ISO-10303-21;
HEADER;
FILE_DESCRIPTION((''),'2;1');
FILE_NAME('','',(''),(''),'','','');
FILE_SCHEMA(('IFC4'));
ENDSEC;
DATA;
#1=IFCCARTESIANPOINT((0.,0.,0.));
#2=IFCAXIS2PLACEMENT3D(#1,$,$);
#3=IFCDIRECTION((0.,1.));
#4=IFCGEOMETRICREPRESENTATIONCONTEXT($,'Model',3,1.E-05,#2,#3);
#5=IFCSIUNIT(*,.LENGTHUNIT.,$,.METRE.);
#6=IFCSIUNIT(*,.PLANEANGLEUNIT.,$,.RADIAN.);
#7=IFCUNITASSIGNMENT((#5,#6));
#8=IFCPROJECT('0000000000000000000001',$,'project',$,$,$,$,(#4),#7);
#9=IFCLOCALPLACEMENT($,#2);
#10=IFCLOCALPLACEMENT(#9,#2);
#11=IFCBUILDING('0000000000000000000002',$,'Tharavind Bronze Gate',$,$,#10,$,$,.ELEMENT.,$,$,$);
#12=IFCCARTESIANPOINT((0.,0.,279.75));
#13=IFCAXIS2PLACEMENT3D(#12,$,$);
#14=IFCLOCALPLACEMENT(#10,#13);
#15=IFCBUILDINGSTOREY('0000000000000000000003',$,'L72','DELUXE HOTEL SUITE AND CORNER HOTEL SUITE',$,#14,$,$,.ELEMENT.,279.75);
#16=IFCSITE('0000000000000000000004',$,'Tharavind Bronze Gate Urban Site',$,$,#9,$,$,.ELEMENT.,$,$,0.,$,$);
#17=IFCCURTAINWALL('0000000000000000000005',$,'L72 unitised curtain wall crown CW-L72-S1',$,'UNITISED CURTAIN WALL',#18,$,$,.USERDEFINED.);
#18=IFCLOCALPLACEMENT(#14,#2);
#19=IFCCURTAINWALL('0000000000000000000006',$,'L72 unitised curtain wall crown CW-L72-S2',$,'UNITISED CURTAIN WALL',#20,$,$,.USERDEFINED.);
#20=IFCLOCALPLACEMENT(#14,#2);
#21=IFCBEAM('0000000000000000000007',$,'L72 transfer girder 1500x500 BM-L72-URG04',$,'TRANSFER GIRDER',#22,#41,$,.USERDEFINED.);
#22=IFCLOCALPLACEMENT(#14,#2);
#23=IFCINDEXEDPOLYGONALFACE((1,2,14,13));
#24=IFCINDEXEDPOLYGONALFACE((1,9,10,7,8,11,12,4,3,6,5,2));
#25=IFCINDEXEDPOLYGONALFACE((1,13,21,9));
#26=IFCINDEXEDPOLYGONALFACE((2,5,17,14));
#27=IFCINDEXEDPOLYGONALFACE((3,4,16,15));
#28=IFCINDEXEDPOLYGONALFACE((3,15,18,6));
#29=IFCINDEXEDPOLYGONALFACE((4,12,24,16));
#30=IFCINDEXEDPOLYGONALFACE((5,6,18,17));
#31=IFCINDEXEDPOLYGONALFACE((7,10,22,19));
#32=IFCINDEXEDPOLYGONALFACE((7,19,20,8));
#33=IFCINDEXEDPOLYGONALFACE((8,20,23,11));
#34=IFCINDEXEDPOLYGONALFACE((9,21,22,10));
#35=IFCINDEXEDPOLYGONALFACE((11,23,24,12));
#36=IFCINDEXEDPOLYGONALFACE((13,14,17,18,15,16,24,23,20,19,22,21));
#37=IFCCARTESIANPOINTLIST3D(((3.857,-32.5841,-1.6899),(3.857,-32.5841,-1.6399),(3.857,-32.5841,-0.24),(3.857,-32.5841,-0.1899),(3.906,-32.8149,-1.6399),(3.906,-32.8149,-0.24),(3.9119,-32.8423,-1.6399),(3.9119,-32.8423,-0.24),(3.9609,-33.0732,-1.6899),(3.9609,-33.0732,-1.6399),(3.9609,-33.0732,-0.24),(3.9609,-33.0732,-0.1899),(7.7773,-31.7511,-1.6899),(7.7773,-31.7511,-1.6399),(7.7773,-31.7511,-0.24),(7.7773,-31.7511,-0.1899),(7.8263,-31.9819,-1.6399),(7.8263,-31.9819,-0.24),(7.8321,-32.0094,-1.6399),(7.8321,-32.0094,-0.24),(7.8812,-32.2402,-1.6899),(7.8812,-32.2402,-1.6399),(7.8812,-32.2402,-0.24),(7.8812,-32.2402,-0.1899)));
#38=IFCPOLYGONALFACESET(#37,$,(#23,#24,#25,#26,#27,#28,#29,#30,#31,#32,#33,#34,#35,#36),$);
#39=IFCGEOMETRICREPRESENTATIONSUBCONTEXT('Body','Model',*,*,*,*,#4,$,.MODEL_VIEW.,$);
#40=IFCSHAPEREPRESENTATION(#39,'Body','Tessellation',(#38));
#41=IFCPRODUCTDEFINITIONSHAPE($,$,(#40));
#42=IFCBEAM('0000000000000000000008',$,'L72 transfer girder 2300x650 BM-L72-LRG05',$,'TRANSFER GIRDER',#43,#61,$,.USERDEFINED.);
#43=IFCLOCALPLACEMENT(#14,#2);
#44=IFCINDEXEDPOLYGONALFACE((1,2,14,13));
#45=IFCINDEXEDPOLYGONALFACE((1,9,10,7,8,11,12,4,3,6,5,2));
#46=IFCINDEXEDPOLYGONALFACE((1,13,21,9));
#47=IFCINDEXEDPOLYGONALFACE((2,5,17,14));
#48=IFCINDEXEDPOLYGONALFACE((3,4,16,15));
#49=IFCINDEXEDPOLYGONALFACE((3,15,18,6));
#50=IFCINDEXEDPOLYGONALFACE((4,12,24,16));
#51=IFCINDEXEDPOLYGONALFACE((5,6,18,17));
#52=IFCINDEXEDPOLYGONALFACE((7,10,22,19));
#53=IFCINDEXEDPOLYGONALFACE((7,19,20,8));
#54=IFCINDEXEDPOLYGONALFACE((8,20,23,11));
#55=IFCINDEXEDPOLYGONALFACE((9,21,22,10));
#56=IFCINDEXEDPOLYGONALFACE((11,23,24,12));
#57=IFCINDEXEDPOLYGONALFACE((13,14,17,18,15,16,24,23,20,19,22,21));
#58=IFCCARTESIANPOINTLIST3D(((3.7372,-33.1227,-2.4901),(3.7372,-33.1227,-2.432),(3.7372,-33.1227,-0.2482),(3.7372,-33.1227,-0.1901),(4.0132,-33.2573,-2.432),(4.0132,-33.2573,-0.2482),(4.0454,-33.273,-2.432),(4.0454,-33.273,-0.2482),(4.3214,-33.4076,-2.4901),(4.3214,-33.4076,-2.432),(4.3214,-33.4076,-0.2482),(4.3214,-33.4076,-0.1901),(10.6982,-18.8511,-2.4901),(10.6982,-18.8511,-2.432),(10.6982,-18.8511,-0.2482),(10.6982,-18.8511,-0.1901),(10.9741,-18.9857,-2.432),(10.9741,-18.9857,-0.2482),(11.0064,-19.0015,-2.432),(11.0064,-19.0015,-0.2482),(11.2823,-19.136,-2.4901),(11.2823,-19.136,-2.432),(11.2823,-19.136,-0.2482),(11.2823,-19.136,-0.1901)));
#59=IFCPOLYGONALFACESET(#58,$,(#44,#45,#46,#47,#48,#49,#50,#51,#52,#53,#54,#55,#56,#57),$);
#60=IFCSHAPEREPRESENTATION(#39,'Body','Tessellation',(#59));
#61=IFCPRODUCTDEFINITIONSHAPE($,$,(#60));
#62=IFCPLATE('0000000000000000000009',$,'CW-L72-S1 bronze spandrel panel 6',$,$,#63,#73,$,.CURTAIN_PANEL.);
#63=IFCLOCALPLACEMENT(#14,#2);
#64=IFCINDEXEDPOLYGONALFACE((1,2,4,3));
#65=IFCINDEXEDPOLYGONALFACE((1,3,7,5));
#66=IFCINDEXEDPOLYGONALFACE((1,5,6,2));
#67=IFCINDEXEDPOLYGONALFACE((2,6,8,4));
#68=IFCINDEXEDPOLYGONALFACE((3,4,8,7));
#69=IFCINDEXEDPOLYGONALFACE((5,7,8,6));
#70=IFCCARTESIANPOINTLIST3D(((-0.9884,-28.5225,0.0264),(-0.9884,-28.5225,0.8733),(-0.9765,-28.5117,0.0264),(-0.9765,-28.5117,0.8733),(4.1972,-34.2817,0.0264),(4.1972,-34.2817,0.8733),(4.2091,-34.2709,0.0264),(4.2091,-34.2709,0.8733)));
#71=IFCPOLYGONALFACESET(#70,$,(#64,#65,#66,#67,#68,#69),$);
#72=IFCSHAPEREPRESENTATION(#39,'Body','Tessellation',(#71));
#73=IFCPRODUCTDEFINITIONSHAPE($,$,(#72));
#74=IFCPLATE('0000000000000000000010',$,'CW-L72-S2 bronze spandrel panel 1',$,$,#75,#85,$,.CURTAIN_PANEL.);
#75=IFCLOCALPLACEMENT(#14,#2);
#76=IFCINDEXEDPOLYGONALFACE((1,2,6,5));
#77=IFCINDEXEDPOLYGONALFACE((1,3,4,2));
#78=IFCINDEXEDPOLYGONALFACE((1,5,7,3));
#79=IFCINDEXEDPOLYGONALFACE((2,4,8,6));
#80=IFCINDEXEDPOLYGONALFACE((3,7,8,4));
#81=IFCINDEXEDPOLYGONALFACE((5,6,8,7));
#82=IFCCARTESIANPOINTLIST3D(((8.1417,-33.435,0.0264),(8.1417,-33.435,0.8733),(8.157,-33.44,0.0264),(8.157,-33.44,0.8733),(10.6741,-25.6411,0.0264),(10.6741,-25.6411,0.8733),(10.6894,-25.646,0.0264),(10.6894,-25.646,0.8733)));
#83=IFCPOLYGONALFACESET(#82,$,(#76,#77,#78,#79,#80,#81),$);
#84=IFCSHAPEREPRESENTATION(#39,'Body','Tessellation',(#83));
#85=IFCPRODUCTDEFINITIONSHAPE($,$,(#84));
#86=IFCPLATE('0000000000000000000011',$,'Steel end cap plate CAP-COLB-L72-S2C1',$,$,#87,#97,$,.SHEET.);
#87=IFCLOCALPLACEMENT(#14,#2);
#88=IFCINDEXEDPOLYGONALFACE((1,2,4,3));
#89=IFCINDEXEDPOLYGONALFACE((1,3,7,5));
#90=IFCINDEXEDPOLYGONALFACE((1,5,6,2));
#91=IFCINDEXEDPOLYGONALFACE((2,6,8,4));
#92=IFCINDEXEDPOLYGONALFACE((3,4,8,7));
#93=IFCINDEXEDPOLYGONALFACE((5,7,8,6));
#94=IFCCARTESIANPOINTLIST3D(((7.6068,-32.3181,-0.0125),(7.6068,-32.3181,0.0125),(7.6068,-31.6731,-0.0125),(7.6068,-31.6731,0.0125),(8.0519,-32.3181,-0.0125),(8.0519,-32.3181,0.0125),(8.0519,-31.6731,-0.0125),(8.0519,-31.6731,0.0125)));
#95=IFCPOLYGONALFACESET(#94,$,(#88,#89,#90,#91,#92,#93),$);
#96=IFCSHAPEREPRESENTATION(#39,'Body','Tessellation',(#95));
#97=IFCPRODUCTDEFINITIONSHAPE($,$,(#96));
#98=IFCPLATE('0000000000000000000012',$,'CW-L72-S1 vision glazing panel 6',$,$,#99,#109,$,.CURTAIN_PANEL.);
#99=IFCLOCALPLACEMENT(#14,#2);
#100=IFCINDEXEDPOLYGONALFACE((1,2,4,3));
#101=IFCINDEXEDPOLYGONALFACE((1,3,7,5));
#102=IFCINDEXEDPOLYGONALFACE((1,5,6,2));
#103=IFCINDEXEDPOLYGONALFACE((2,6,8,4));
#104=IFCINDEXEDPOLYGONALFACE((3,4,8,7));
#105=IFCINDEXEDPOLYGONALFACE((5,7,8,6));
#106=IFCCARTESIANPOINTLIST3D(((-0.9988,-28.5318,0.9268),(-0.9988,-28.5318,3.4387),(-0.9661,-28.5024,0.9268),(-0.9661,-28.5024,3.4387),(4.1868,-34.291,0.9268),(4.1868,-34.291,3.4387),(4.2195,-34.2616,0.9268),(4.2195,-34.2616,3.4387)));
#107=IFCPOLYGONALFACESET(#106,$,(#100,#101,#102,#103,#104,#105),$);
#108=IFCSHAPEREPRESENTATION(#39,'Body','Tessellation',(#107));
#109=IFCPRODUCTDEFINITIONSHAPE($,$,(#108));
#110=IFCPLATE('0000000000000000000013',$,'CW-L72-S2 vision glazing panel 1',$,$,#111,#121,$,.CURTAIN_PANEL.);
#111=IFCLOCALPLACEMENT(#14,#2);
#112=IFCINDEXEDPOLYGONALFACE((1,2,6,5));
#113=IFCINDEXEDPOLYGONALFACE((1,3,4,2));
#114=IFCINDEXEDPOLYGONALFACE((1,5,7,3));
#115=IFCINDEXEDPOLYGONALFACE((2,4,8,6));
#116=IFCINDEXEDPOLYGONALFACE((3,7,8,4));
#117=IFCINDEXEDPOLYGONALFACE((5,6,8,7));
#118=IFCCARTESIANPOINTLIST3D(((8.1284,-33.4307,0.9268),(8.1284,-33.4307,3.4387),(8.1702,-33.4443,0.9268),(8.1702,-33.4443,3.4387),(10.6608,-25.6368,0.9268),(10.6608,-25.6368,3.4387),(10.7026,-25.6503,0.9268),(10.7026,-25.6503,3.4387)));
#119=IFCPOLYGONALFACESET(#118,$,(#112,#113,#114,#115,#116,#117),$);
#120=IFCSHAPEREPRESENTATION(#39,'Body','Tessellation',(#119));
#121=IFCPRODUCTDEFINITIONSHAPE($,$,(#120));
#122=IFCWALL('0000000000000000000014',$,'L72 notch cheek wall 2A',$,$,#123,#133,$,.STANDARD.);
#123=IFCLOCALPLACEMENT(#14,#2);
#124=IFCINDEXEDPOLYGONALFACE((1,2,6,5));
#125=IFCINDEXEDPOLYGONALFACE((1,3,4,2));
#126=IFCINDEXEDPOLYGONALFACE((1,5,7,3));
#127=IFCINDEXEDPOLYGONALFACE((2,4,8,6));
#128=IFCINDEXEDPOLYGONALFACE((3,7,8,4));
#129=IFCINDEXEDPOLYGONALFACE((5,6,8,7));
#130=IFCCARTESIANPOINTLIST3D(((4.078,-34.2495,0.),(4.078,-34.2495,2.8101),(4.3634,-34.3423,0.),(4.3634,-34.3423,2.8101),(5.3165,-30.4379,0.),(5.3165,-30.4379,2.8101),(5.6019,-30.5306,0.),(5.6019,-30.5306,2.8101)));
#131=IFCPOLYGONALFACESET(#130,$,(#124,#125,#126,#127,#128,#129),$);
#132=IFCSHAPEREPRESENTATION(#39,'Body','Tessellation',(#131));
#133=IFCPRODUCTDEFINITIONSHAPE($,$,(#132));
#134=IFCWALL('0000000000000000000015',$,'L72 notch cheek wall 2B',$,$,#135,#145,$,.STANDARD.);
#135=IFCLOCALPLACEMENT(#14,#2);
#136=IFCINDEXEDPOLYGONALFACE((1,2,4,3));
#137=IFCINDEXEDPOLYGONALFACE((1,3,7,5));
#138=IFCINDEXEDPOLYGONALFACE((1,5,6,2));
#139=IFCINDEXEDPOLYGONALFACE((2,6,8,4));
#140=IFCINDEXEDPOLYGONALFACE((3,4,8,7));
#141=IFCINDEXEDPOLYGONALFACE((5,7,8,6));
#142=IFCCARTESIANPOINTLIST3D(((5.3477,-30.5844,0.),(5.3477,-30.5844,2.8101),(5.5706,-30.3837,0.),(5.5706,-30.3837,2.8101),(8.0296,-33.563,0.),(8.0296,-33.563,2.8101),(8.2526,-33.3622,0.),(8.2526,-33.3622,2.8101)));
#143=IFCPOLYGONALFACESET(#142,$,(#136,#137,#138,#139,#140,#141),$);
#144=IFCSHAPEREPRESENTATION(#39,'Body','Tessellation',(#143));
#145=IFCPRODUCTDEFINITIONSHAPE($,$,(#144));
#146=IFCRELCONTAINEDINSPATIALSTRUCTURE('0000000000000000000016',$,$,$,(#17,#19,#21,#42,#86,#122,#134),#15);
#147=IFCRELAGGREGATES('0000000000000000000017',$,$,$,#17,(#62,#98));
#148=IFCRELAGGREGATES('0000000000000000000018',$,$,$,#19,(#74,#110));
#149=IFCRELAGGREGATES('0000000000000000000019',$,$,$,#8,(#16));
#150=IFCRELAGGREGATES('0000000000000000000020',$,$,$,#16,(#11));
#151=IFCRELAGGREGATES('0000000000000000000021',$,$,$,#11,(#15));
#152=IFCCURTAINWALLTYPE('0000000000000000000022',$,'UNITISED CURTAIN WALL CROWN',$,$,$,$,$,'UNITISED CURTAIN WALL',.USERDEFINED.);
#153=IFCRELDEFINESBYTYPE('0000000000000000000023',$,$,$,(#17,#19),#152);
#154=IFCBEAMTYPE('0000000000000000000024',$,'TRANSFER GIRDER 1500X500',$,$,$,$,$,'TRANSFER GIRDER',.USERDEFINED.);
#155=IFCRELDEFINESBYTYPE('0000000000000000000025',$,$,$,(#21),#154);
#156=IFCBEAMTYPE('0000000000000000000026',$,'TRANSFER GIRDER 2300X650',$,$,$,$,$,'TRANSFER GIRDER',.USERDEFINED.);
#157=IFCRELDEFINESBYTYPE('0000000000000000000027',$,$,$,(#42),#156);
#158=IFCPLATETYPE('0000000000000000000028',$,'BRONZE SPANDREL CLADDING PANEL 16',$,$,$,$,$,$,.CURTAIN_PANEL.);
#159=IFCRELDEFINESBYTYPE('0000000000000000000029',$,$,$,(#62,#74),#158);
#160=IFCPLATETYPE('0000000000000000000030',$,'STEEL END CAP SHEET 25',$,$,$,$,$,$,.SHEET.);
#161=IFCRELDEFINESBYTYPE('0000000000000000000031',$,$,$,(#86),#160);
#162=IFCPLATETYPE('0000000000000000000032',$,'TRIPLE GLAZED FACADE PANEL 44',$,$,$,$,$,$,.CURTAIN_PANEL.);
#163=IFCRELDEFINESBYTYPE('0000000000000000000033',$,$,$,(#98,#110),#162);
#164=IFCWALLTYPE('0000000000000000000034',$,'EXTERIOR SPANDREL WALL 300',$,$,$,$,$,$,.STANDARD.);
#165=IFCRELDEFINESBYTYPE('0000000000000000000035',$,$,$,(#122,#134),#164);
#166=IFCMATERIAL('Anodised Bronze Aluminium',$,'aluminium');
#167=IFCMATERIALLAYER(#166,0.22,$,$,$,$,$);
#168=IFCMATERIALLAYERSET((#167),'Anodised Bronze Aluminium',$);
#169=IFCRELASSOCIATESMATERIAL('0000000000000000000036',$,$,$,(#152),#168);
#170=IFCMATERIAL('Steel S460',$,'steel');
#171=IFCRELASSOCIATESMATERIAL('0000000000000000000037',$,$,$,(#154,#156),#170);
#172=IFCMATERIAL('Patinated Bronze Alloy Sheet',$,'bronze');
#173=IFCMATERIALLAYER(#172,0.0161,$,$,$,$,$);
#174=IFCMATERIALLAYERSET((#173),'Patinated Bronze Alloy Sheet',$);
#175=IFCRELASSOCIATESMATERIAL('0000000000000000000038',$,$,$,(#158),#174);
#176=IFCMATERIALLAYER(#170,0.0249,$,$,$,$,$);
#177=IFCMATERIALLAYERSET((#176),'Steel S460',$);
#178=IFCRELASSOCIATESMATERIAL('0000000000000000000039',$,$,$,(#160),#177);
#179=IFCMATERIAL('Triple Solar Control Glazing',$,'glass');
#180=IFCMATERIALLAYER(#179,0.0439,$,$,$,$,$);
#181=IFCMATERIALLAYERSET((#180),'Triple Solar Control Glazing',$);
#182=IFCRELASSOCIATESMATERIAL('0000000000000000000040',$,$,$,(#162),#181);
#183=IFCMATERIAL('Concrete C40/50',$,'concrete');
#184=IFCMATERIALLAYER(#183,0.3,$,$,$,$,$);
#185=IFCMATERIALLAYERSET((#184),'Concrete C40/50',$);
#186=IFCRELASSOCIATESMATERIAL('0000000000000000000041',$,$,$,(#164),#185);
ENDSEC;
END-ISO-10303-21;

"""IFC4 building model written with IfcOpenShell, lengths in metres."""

from ifc_helpers import new_model, si_unit, direction, frame, frame_2d, origin, origin_2d, place, context, subcontext, project, spatial, rectangle, i_section, extrude, material, layer, layer_set, material_profile, profile_set, type_object, element, aggregate, save


model = new_model("IFC4")

# Units and contexts
model_context = context("Model", 3, precision=1e-05, world=origin(), true_north=direction((0.0, 1.0)))
body_context = subcontext(model_context, "Body", "Model", "MODEL_VIEW")
ifc_project = project(units=[si_unit("LENGTHUNIT", "METRE"), si_unit("PLANEANGLEUNIT", "RADIAN")], contexts=[model_context])

# Site, building, storey
site_placement = place(None, origin())
site = spatial("IfcSite", under=ifc_project, at=site_placement, Name="Tharavind Bronze Gate Urban Site", CompositionType="ELEMENT", RefElevation=0.0)
building_placement = place(site_placement, origin())
building = spatial("IfcBuilding", under=site, at=building_placement, Name="Tharavind Bronze Gate", CompositionType="ELEMENT")
storey_placement = place(building_placement, frame((0.0, 0.0, 279.75)))
storey = spatial("IfcBuildingStorey", under=building, at=storey_placement, Name="L72", Description="DELUXE HOTEL SUITE AND CORNER HOTEL SUITE", CompositionType="ELEMENT", Elevation=279.75)

# Shared definitions
ifc_material_1 = material(Name="Steel S460", Category="steel")

# Curtain wall
ifc_material_2 = material(Name="Anodised Bronze Aluminium", Category="aluminium")
ifc_layer_1 = layer(ifc_material_2, 0.22)
ifc_layer_set_1 = layer_set([ifc_layer_1], Name="Anodised Bronze Aluminium")
curtain_wall_type = type_object("IfcCurtainWallType", Name="UNITISED CURTAIN WALL CROWN", ElementType="UNITISED CURTAIN WALL", PredefinedType="USERDEFINED", material=ifc_layer_set_1)
curtain_wall_1_placement = place(storey_placement, origin())
curtain_wall_1 = element("IfcCurtainWall", 1, at=curtain_wall_1_placement, inside=storey, type_object=curtain_wall_type, Name="L72 unitised curtain wall crown CW-L72-S1", ObjectType="UNITISED CURTAIN WALL", PredefinedType="USERDEFINED")

# Curtain wall
curtain_wall_2_placement = place(storey_placement, origin())
curtain_wall_2 = element("IfcCurtainWall", 2, at=curtain_wall_2_placement, inside=storey, type_object=curtain_wall_type, Name="L72 unitised curtain wall crown CW-L72-S2", ObjectType="UNITISED CURTAIN WALL", PredefinedType="USERDEFINED")

# Beams
ifc_material_profile_1 = material_profile(ifc_material_1, i_section(OverallWidth=0.5, OverallDepth=1.5, WebThickness=0.0281, FlangeThickness=0.05, at=origin_2d()), Name="PG1500X500")
ifc_profile_set_1 = profile_set([ifc_material_profile_1], Name="Steel S460")
beam_type_1 = type_object("IfcBeamType", Name="TRANSFER GIRDER 1500X500", ElementType="TRANSFER GIRDER", PredefinedType="USERDEFINED", material=ifc_profile_set_1)
beam_1_placement = place(storey_placement, frame((3.9089, -32.8286, -0.9399), z_axis=(0.978163, 0.20784, 0.0), x_axis=(-0.20784, 0.978163, 0.0)))
element("IfcBeam", 3, at=beam_1_placement, inside=storey, type_object=beam_type_1, Name="L72 transfer girder 1500x500 BM-L72-URG04", ObjectType="TRANSFER GIRDER", PredefinedType="USERDEFINED", context=body_context, shape_type="SweptSolid", body=[
    extrude(i_section(OverallWidth=0.5, OverallDepth=1.5, WebThickness=0.0281, FlangeThickness=0.05, at=origin_2d()), origin(), (0.0, 0.0, 1.0), 4.0078),
])
ifc_material_profile_2 = material_profile(ifc_material_1, i_section(OverallWidth=0.6499, OverallDepth=2.3, WebThickness=0.0359, FlangeThickness=0.0581, at=origin_2d()), Name="PG2300X650")
ifc_profile_set_2 = profile_set([ifc_material_profile_2], Name="Steel S460")
beam_type_2 = type_object("IfcBeamType", Name="TRANSFER GIRDER 2300X650", ElementType="TRANSFER GIRDER", PredefinedType="USERDEFINED", material=ifc_profile_set_2)
beam_2_placement = place(storey_placement, frame((4.0293, -33.2651, -1.3401), z_axis=(0.438385, 0.898787, 0.0), x_axis=(-0.898787, 0.438385, 0.0)))
element("IfcBeam", 4, at=beam_2_placement, inside=storey, type_object=beam_type_2, Name="L72 transfer girder 2300x650 BM-L72-LRG05", ObjectType="TRANSFER GIRDER", PredefinedType="USERDEFINED", context=body_context, shape_type="SweptSolid", body=[
    extrude(i_section(OverallWidth=0.6499, OverallDepth=2.3, WebThickness=0.0359, FlangeThickness=0.0581, at=origin_2d()), origin(), (0.0, 0.0, 1.0), 15.8787),
])

# Plates
ifc_material_3 = material(Name="Patinated Bronze Alloy Sheet", Category="bronze")
ifc_layer_2 = layer(ifc_material_3, 0.0161)
ifc_layer_set_2 = layer_set([ifc_layer_2], Name="Patinated Bronze Alloy Sheet")
plate_type_1 = type_object("IfcPlateType", Name="BRONZE SPANDREL CLADDING PANEL 16", PredefinedType="CURTAIN_PANEL", material=ifc_layer_set_2)
plate_1_placement = place(storey_placement, frame((1.6104, -31.3967, 0.0264), z_axis=(0.0, 0.0, 1.0), x_axis=(0.669131, -0.743145, 0.0)))
plate_1 = element("IfcPlate", 5, at=plate_1_placement, type_object=plate_type_1, Name="CW-L72-S1 bronze spandrel panel 6", PredefinedType="CURTAIN_PANEL", context=body_context, shape_type="SweptSolid", body=[
    extrude(rectangle(XDim=7.7498, YDim=0.0161, at=origin_2d()), origin(), (0.0, 0.0, 1.0), 0.8469),
])
plate_2_placement = place(storey_placement, frame((9.4155, -29.5405, 0.0264), z_axis=(0.0, 0.0, 1.0), x_axis=(0.309017, 0.951057, 0.0)))
plate_2 = element("IfcPlate", 6, at=plate_2_placement, type_object=plate_type_1, Name="CW-L72-S2 bronze spandrel panel 1", PredefinedType="CURTAIN_PANEL", context=body_context, shape_type="SweptSolid", body=[
    extrude(rectangle(XDim=8.1951, YDim=0.0161, at=origin_2d()), origin(), (0.0, 0.0, 1.0), 0.8469),
])
ifc_layer_3 = layer(ifc_material_1, 0.0249)
ifc_layer_set_3 = layer_set([ifc_layer_3], Name="Steel S460")
plate_type_2 = type_object("IfcPlateType", Name="STEEL END CAP SHEET 25", PredefinedType="SHEET", material=ifc_layer_set_3)
plate_3_placement = place(storey_placement, frame((7.8293, -31.9956, -0.0125), z_axis=(0.0, 0.0, 1.0), x_axis=(1.0, 0.0, 0.0)))
element("IfcPlate", 7, at=plate_3_placement, inside=storey, type_object=plate_type_2, Name="Steel end cap plate CAP-COLB-L72-S2C1", PredefinedType="SHEET", context=body_context, shape_type="SweptSolid", body=[
    extrude(rectangle(XDim=0.4451, YDim=0.645, at=origin_2d()), origin(), (0.0, 0.0, 1.0), 0.0249),
])
ifc_material_4 = material(Name="Triple Solar Control Glazing", Category="glass")
ifc_layer_4 = layer(ifc_material_4, 0.0439)
ifc_layer_set_4 = layer_set([ifc_layer_4], Name="Triple Solar Control Glazing")
plate_type_3 = type_object("IfcPlateType", Name="TRIPLE GLAZED FACADE PANEL 44", PredefinedType="CURTAIN_PANEL", material=ifc_layer_set_4)
plate_4_placement = place(storey_placement, frame((1.6104, -31.3967, 0.9268), z_axis=(0.0, 0.0, 1.0), x_axis=(0.669131, -0.743145, 0.0)))
plate_4 = element("IfcPlate", 8, at=plate_4_placement, type_object=plate_type_3, Name="CW-L72-S1 vision glazing panel 6", PredefinedType="CURTAIN_PANEL", context=body_context, shape_type="SweptSolid", body=[
    extrude(rectangle(XDim=7.7498, YDim=0.0439, at=origin_2d()), origin(), (0.0, 0.0, 1.0), 2.512),
])
aggregate(curtain_wall_1, [plate_1, plate_4])
plate_5_placement = place(storey_placement, frame((9.4155, -29.5405, 0.9268), z_axis=(0.0, 0.0, 1.0), x_axis=(0.309017, 0.951057, 0.0)))
plate_5 = element("IfcPlate", 9, at=plate_5_placement, type_object=plate_type_3, Name="CW-L72-S2 vision glazing panel 1", PredefinedType="CURTAIN_PANEL", context=body_context, shape_type="SweptSolid", body=[
    extrude(rectangle(XDim=8.1951, YDim=0.0439, at=origin_2d()), origin(), (0.0, 0.0, 1.0), 2.512),
])
aggregate(curtain_wall_2, [plate_2, plate_5])

# Walls
ifc_material_5 = material(Name="Concrete C40/50", Category="concrete")
ifc_layer_5 = layer(ifc_material_5, 0.3)
ifc_layer_set_5 = layer_set([ifc_layer_5], Name="Concrete C40/50")
wall_type = type_object("IfcWallType", Name="EXTERIOR SPANDREL WALL 300", PredefinedType="STANDARD", material=ifc_layer_set_5)
wall_1_placement = place(storey_placement, frame((4.2207, -34.2959, 0.0), z_axis=(0.0, 0.0, 1.0), x_axis=(0.309019, 0.951056, 0.0)))
element("IfcWall", 10, at=wall_1_placement, inside=storey, type_object=wall_type, Name="L72 notch cheek wall 2A", PredefinedType="STANDARD", context=body_context, shape_type="SweptSolid", body=[
    extrude(rectangle(XDim=4.0078, YDim=0.3, at=frame_2d((2.0039, 0.0))), origin(), (0.0, 0.0, 1.0), 2.8101),
])
wall_2_placement = place(storey_placement, frame((5.4592, -30.4841, 0.0), z_axis=(0.0, 0.0, 1.0), x_axis=(0.669133, -0.743143, 0.0)))
element("IfcWall", 11, at=wall_2_placement, inside=storey, type_object=wall_type, Name="L72 notch cheek wall 2B", PredefinedType="STANDARD", context=body_context, shape_type="SweptSolid", body=[
    extrude(rectangle(XDim=4.0081, YDim=0.3, at=frame_2d((2.0039, 0.0))), origin(), (0.0, 0.0, 1.0), 2.8101),
])

save(model, "model.ifc")
